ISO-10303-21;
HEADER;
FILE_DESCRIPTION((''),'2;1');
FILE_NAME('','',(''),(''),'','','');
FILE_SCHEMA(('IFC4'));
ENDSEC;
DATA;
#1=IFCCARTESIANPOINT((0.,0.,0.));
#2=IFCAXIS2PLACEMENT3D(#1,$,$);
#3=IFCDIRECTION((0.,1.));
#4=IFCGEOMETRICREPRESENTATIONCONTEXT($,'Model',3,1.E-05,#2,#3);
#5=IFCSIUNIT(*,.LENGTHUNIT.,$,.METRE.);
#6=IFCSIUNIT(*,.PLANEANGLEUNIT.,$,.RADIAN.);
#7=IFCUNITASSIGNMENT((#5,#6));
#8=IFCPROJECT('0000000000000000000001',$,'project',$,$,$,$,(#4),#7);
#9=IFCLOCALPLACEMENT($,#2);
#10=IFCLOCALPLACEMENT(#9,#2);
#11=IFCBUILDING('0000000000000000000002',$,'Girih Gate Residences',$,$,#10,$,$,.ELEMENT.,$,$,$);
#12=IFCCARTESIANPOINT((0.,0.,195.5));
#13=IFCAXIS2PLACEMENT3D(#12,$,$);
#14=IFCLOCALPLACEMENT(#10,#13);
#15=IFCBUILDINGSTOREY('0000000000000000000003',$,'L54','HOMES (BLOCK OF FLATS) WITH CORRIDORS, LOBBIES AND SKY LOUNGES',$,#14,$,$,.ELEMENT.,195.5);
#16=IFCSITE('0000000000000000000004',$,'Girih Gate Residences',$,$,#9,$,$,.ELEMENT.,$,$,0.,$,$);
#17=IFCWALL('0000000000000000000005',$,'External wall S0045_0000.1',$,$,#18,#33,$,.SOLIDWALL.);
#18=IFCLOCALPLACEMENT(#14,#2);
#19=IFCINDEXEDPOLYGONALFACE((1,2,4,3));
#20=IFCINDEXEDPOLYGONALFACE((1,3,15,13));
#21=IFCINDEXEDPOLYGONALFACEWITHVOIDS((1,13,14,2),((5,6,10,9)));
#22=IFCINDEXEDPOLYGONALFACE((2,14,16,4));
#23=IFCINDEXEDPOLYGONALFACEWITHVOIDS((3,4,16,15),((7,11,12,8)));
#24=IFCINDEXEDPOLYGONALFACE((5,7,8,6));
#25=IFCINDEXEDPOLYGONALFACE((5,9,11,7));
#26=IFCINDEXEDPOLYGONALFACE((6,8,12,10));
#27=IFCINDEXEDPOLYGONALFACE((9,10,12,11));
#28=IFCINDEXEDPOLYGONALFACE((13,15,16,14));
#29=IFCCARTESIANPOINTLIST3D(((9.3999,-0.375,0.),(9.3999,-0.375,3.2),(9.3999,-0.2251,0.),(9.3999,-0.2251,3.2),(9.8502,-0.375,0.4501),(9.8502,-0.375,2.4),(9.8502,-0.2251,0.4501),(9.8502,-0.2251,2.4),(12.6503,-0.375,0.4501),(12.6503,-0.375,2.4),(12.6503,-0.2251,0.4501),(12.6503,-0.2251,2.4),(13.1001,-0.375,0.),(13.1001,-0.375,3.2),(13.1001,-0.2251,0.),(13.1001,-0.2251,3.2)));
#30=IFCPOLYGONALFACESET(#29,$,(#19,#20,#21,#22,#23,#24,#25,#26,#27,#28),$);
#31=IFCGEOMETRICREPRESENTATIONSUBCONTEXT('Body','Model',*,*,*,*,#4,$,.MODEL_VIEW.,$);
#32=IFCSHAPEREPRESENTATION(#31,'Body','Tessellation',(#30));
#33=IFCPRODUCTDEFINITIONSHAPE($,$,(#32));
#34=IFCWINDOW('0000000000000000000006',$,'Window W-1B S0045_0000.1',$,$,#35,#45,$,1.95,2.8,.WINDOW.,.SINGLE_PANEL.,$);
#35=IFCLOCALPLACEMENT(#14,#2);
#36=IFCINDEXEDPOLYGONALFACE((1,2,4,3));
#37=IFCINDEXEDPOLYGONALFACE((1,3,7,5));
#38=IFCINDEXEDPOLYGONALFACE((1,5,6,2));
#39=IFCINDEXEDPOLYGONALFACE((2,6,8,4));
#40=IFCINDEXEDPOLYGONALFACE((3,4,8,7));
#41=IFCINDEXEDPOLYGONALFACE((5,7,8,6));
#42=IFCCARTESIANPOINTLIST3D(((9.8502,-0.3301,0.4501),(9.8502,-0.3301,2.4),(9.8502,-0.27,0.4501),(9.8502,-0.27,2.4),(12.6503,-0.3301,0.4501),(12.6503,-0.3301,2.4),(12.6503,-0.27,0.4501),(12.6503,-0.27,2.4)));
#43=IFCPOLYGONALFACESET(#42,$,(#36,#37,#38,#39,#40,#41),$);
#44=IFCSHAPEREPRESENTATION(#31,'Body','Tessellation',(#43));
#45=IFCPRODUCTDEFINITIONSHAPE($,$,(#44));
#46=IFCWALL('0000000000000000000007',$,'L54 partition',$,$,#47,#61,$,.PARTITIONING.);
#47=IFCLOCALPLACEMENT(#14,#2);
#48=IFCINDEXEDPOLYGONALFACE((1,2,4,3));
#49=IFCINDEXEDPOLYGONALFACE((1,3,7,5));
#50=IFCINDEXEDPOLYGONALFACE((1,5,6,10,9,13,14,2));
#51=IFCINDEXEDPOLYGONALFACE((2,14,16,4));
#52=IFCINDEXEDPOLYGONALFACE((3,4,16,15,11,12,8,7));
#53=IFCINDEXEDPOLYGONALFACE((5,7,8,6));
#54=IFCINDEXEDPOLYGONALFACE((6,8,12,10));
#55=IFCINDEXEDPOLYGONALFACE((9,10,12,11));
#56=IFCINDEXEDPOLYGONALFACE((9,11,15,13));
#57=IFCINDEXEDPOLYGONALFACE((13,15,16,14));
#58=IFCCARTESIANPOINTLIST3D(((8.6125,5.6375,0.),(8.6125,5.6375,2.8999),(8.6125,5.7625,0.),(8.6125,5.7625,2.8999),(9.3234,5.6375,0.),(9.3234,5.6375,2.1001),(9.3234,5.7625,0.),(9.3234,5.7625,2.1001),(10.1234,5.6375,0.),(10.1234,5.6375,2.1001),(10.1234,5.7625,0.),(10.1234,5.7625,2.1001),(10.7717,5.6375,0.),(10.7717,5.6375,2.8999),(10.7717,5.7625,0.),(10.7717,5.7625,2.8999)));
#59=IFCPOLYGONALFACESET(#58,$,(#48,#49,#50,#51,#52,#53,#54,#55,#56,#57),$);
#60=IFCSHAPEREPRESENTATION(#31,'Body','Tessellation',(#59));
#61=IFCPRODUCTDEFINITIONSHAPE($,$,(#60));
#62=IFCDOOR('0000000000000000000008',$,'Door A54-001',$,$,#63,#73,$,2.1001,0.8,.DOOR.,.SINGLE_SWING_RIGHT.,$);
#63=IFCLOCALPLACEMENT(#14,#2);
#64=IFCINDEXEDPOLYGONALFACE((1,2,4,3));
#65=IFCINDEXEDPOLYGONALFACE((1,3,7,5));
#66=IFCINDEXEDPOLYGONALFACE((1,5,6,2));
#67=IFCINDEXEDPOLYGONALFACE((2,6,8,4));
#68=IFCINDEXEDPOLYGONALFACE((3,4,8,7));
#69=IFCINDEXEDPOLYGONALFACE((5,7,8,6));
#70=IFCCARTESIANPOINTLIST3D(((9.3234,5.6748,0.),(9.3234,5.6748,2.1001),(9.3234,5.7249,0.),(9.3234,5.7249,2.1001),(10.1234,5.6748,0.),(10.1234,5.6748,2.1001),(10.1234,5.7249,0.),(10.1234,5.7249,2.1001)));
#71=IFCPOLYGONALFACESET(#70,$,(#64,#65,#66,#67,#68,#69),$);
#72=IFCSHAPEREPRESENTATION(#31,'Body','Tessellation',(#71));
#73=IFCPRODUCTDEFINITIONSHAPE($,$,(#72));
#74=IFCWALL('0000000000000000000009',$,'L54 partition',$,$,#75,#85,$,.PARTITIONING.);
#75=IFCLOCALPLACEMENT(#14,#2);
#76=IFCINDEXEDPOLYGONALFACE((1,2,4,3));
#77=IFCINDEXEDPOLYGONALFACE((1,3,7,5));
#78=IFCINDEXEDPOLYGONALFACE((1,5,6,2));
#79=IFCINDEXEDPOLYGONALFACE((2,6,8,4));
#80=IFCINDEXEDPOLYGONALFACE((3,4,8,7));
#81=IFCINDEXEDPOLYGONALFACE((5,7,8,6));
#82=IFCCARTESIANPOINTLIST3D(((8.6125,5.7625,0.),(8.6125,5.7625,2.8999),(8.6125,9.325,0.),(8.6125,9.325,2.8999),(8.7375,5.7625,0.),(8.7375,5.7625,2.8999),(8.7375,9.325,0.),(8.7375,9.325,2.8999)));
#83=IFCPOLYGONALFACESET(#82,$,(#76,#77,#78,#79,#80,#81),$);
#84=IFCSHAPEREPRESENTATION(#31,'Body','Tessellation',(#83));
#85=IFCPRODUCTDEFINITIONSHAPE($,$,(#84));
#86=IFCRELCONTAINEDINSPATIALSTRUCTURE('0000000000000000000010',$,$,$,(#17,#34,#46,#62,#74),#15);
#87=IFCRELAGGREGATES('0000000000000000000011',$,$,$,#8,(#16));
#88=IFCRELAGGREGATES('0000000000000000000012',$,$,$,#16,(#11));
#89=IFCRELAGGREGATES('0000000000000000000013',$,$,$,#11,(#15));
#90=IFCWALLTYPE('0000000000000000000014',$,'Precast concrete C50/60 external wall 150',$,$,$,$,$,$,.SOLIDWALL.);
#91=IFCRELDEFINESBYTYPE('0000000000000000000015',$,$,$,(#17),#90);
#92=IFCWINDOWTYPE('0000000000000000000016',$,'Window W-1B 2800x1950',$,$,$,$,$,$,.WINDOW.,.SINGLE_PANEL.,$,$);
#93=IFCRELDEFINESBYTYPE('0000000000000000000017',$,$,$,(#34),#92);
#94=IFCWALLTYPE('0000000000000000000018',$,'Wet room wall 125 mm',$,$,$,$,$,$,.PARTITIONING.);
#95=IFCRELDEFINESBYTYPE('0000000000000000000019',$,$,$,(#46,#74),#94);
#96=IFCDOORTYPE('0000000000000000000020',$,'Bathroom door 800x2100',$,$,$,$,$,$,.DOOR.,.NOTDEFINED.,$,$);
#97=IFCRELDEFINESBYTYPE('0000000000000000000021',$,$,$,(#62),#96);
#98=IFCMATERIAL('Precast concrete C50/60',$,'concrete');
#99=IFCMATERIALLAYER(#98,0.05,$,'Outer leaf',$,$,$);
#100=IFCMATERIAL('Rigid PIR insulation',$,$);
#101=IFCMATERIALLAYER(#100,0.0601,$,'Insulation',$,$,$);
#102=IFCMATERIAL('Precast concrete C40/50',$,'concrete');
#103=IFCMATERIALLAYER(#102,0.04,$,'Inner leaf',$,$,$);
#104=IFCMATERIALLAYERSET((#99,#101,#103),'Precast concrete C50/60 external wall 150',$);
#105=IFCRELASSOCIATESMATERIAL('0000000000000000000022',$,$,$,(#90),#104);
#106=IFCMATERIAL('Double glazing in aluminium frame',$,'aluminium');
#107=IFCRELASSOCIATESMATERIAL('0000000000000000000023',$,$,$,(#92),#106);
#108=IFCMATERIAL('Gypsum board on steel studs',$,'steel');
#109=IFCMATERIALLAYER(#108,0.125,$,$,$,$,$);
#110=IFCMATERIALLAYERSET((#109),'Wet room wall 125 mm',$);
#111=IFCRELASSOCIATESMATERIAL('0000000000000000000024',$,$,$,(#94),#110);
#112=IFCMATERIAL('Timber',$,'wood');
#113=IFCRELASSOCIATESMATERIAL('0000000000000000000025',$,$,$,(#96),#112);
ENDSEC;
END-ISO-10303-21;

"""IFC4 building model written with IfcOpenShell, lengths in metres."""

from ifc_helpers import new_model, si_unit, direction, frame, frame_2d, origin, place, context, subcontext, project, spatial, rectangle, extrude, material, layer, layer_set, type_object, element, fill, save


model = new_model("IFC4")

# Units and contexts
model_context = context("Model", 3, precision=1e-05, world=origin(), true_north=direction((0.0, 1.0)))
body_context = subcontext(model_context, "Body", "Model", "MODEL_VIEW")
ifc_project = project(units=[si_unit("LENGTHUNIT", "METRE"), si_unit("PLANEANGLEUNIT", "RADIAN")], contexts=[model_context])

# Site, building, storey
site_placement = place(None, origin())
site = spatial("IfcSite", under=ifc_project, at=site_placement, Name="Girih Gate Residences", CompositionType="ELEMENT", RefElevation=0.0)
building_placement = place(site_placement, origin())
building = spatial("IfcBuilding", under=site, at=building_placement, Name="Girih Gate Residences", CompositionType="ELEMENT")
storey_placement = place(building_placement, frame((0.0, 0.0, 195.5)))
storey = spatial("IfcBuildingStorey", under=building, at=storey_placement, Name="L54", Description="HOMES (BLOCK OF FLATS) WITH CORRIDORS, LOBBIES AND SKY LOUNGES", CompositionType="ELEMENT", Elevation=195.5)

# Shared definitions
ifc_material_1 = material(Name="Gypsum board on steel studs", Category="steel")

# Shared definitions
ifc_material_2 = material(Name="Timber", Category="wood")

# Wall, opening, window
ifc_material_3 = material(Name="Precast concrete C50/60", Category="concrete")
ifc_layer_1 = layer(ifc_material_3, 0.05, Name="Outer leaf")
ifc_material_4 = material(Name="Rigid PIR insulation")
ifc_layer_2 = layer(ifc_material_4, 0.0601, Name="Insulation")
ifc_material_5 = material(Name="Precast concrete C40/50", Category="concrete")
ifc_layer_3 = layer(ifc_material_5, 0.04, Name="Inner leaf")
ifc_layer_set_1 = layer_set([ifc_layer_1, ifc_layer_2, ifc_layer_3], Name="Precast concrete C50/60 external wall 150")
wall_type_1 = type_object("IfcWallType", Name="Precast concrete C50/60 external wall 150", PredefinedType="SOLIDWALL", material=ifc_layer_set_1)
ifc_material_6 = material(Name="Double glazing in aluminium frame", Category="aluminium")
window_type = type_object("IfcWindowType", Name="Window W-1B 2800x1950", PartitioningType="SINGLE_PANEL", PredefinedType="WINDOW", material=ifc_material_6)
wall_1_placement = place(storey_placement, frame((13.1001, -0.3, 0.0), z_axis=(0.0, 0.0, 1.0), x_axis=(-1.0, 0.0, 0.0)))
wall_1 = element("IfcWall", 1, at=wall_1_placement, inside=storey, type_object=wall_type_1, Name="External wall S0045_0000.1", PredefinedType="SOLIDWALL", context=body_context, shape_type="SweptSolid", body=[
    extrude(rectangle(XDim=3.7002, YDim=0.1499, at=frame_2d((1.8501, 0.0))), origin(), (0.0, 0.0, 1.0), 3.2),
])
opening_1_placement = place(wall_1_placement, frame((0.45, 0.0, 0.45)))
opening_1 = element("IfcOpeningElement", 2, at=opening_1_placement, cuts=wall_1, PredefinedType="OPENING", context=body_context, shape_type="SweptSolid", body=[
    extrude(rectangle(XDim=2.8, YDim=1.95, at=frame_2d((1.3999, 0.9751))), frame((0.0, 0.085, 0.0), z_axis=(0.0, -1.0, 0.0), x_axis=(1.0, 0.0, 0.0)), (0.0, 0.0, 1.0), 0.1699),
])
window_1_placement = place(opening_1_placement, origin())
window_1 = element("IfcWindow", 3, at=window_1_placement, inside=storey, type_object=window_type, Name="Window W-1B S0045_0000.1", OverallHeight=1.95, OverallWidth=2.8, PartitioningType="SINGLE_PANEL", PredefinedType="WINDOW", context=body_context, shape_type="SweptSolid", body=[
    extrude(rectangle(XDim=2.8, YDim=1.95, at=frame_2d((1.3999, 0.9751))), frame((0.0, 0.03, 0.0), z_axis=(0.0, -1.0, 0.0), x_axis=(1.0, 0.0, 0.0)), (0.0, 0.0, 1.0), 0.0601),
])
fill(opening_1, window_1)

# Wall, opening, door
ifc_layer_4 = layer(ifc_material_1, 0.125)
ifc_layer_set_2 = layer_set([ifc_layer_4], Name="Wet room wall 125 mm")
wall_type_2 = type_object("IfcWallType", Name="Wet room wall 125 mm", PredefinedType="PARTITIONING", material=ifc_layer_set_2)
wall_2_placement = place(storey_placement, frame((8.6125, 5.7, 0.0), z_axis=(0.0, 0.0, 1.0), x_axis=(1.0, 0.0, 0.0)))
wall_2 = element("IfcWall", 4, at=wall_2_placement, inside=storey, type_object=wall_type_2, Name="L54 partition", PredefinedType="PARTITIONING", context=body_context, shape_type="SweptSolid", body=[
    extrude(rectangle(XDim=2.1592, YDim=0.125, at=frame_2d((1.0796, 0.0))), origin(), (0.0, 0.0, 1.0), 2.8999),
])
opening_2_placement = place(wall_2_placement, frame((0.7109, 0.0, 0.0)))
opening_2 = element("IfcOpeningElement", 5, at=opening_2_placement, cuts=wall_2, PredefinedType="OPENING", context=body_context, shape_type="SweptSolid", body=[
    extrude(rectangle(XDim=0.8, YDim=2.1001, at=frame_2d((0.3999, 1.05))), frame((0.0, 0.0725, 0.0), z_axis=(0.0, -1.0, 0.0), x_axis=(1.0, 0.0, 0.0)), (0.0, 0.0, 1.0), 0.145),
])
door_type_1 = type_object("IfcDoorType", Name="Bathroom door 800x2100", OperationType="NOTDEFINED", PredefinedType="DOOR", material=ifc_material_2)
door_1_placement = place(opening_2_placement, origin())
door_1 = element("IfcDoor", 6, at=door_1_placement, inside=storey, type_object=door_type_1, Name="Door A54-001", OperationType="SINGLE_SWING_RIGHT", OverallHeight=2.1001, OverallWidth=0.8, PredefinedType="DOOR", context=body_context, shape_type="SweptSolid", body=[
    extrude(rectangle(XDim=0.8, YDim=2.1001, at=frame_2d((0.3999, 1.05))), frame((0.0, 0.0249, 0.0), z_axis=(0.0, -1.0, 0.0), x_axis=(1.0, 0.0, 0.0)), (0.0, 0.0, 1.0), 0.05),
])
fill(opening_2, door_1)

# Wall
wall_3_placement = place(storey_placement, frame((8.675, 5.7625, 0.0), z_axis=(0.0, 0.0, 1.0), x_axis=(0.0, 1.0, 0.0)))
element("IfcWall", 7, at=wall_3_placement, inside=storey, type_object=wall_type_2, Name="L54 partition", PredefinedType="PARTITIONING", context=body_context, shape_type="SweptSolid", body=[
    extrude(rectangle(XDim=3.5625, YDim=0.125, at=frame_2d((1.7812, 0.0))), origin(), (0.0, 0.0, 1.0), 2.8999),
])

save(model, "model.ifc")
